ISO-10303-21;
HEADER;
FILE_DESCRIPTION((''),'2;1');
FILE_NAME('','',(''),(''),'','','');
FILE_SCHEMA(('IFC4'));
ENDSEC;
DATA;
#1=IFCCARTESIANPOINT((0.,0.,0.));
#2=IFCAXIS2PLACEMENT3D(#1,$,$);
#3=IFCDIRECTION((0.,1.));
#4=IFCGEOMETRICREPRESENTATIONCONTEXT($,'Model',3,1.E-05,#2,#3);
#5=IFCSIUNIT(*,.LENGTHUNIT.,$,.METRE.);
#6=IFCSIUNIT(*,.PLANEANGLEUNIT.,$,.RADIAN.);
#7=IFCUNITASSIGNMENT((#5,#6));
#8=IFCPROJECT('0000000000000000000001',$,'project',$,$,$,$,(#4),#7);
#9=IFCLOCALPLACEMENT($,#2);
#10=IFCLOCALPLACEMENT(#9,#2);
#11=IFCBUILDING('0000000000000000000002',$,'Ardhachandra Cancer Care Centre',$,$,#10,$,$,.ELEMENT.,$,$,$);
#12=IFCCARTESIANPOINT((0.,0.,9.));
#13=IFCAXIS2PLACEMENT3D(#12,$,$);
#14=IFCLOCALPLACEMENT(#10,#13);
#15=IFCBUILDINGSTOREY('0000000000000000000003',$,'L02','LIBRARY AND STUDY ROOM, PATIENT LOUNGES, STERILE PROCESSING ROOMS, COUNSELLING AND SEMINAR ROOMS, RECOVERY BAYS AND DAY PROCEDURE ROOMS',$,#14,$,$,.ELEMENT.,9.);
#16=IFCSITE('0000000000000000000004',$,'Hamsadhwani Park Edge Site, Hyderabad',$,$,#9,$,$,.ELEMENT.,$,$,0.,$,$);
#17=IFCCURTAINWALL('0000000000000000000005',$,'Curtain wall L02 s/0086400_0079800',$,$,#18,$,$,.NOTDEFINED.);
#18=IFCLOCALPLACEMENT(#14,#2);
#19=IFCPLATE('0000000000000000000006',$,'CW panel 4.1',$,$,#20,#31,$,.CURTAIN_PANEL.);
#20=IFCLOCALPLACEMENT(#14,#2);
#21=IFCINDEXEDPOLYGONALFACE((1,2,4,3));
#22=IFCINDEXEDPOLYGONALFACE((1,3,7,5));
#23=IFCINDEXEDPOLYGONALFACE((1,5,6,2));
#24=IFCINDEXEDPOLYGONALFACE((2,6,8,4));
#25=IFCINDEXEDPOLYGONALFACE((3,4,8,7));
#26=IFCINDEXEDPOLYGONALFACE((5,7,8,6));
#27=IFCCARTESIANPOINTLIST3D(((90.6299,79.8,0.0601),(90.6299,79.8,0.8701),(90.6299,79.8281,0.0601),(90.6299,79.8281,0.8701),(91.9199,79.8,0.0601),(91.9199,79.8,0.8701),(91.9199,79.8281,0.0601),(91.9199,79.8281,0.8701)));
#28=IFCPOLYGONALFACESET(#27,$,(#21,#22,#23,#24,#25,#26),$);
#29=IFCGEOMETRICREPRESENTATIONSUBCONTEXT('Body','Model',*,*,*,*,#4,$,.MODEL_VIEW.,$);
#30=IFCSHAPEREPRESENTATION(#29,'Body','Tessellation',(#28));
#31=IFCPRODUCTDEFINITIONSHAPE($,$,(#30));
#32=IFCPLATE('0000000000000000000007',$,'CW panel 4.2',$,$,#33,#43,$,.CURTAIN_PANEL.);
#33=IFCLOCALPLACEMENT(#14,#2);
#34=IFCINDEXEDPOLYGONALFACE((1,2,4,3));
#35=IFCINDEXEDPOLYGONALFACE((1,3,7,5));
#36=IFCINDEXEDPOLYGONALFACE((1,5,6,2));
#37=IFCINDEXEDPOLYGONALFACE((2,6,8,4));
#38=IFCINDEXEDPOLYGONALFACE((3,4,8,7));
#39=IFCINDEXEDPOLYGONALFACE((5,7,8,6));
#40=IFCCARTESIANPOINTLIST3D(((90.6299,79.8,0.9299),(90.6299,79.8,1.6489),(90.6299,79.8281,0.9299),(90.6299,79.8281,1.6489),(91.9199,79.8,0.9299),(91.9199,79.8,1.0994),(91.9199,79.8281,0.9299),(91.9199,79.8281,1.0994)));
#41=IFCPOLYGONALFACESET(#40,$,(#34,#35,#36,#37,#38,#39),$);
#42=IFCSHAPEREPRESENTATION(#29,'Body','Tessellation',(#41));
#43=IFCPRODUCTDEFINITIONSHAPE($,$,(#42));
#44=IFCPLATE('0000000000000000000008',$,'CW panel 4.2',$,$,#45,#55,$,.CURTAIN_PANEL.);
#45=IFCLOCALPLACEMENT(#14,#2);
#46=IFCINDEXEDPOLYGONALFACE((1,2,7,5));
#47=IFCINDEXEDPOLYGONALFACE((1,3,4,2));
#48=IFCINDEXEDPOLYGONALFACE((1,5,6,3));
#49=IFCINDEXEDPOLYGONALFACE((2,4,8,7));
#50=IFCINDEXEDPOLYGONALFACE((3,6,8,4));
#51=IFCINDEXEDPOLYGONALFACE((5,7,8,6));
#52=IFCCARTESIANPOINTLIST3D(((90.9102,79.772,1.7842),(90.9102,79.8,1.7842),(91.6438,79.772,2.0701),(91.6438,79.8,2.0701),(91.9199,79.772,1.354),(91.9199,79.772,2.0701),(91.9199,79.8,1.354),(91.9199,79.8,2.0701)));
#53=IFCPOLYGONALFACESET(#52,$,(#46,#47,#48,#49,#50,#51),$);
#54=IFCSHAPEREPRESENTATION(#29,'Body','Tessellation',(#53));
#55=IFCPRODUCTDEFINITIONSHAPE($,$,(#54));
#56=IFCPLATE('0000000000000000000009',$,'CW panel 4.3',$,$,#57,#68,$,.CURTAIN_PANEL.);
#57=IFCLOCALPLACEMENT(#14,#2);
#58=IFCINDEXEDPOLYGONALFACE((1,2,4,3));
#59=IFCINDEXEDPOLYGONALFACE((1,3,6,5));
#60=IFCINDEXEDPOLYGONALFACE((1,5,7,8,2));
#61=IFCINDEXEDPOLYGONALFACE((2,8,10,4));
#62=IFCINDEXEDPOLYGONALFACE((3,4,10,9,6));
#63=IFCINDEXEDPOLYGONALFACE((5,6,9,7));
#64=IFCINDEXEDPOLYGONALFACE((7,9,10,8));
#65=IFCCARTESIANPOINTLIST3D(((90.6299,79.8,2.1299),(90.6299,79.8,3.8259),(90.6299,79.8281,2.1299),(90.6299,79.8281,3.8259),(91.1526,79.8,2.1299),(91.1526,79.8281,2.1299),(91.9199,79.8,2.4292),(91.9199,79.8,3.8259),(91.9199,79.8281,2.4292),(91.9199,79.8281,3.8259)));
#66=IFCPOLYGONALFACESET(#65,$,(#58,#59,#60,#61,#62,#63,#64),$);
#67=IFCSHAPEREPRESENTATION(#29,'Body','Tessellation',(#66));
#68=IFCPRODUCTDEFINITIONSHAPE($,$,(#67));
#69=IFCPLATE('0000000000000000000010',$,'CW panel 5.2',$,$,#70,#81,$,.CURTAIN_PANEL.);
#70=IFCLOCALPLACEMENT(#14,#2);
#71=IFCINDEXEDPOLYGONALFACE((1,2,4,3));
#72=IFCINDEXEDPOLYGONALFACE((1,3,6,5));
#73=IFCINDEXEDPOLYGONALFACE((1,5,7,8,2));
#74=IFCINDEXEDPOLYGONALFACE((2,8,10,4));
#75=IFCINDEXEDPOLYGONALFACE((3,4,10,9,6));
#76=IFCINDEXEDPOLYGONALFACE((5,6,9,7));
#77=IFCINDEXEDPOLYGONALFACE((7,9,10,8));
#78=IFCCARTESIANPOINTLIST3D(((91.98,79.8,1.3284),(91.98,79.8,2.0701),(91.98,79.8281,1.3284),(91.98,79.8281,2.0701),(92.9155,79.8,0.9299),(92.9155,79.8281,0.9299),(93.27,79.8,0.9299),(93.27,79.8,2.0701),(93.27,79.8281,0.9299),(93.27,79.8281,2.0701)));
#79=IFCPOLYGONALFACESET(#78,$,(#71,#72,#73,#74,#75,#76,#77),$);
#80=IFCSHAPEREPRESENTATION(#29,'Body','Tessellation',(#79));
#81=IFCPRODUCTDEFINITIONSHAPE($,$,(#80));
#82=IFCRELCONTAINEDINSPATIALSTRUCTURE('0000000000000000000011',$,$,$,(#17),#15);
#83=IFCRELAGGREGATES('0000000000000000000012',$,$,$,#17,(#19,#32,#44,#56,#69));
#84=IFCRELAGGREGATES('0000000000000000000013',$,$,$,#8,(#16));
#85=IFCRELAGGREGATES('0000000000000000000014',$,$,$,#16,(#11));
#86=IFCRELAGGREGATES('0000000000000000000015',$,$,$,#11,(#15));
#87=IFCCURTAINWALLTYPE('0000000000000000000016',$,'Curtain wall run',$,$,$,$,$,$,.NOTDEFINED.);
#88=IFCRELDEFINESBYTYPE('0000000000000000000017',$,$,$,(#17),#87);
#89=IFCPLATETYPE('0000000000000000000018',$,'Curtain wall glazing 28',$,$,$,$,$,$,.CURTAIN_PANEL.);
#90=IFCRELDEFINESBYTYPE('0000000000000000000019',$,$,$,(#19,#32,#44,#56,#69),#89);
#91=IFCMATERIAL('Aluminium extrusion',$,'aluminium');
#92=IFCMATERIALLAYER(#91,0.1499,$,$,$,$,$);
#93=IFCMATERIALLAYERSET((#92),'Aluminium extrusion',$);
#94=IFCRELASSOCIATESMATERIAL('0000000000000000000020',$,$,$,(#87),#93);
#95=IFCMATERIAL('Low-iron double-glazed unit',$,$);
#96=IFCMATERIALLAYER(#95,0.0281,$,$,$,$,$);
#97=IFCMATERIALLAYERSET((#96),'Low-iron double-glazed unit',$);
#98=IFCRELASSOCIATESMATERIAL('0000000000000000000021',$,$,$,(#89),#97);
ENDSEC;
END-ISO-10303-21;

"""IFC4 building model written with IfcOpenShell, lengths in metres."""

from ifc_helpers import new_model, si_unit, direction, frame, origin, place, context, subcontext, project, spatial, polyline, outline, extrude, material, layer, layer_set, type_object, element, aggregate, save


model = new_model("IFC4")

# Units and contexts
model_context = context("Model", 3, precision=1e-05, world=origin(), true_north=direction((0.0, 1.0)))
body_context = subcontext(model_context, "Body", "Model", "MODEL_VIEW")
ifc_project = project(units=[si_unit("LENGTHUNIT", "METRE"), si_unit("PLANEANGLEUNIT", "RADIAN")], contexts=[model_context])

# Site, building, storey
site_placement = place(None, origin())
site = spatial("IfcSite", under=ifc_project, at=site_placement, Name="Hamsadhwani Park Edge Site, Hyderabad", CompositionType="ELEMENT", RefElevation=0.0)
building_placement = place(site_placement, origin())
building = spatial("IfcBuilding", under=site, at=building_placement, Name="Ardhachandra Cancer Care Centre", CompositionType="ELEMENT")
storey_placement = place(building_placement, frame((0.0, 0.0, 9.0)))
storey = spatial("IfcBuildingStorey", under=building, at=storey_placement, Name="L02", Description="LIBRARY AND STUDY ROOM, PATIENT LOUNGES, STERILE PROCESSING ROOMS, COUNSELLING AND SEMINAR ROOMS, RECOVERY BAYS AND DAY PROCEDURE ROOMS", CompositionType="ELEMENT", Elevation=9.0)

# Curtain wall
ifc_material_1 = material(Name="Aluminium extrusion", Category="aluminium")
ifc_layer_1 = layer(ifc_material_1, 0.1499)
ifc_layer_set_1 = layer_set([ifc_layer_1], Name="Aluminium extrusion")
curtain_wall_type = type_object("IfcCurtainWallType", Name="Curtain wall run", PredefinedType="NOTDEFINED", material=ifc_layer_set_1)
curtain_wall_placement = place(storey_placement, origin())
curtain_wall = element("IfcCurtainWall", 1, at=curtain_wall_placement, inside=storey, type_object=curtain_wall_type, Name="Curtain wall L02 s/0086400_0079800", PredefinedType="NOTDEFINED")

# Plates
ifc_material_2 = material(Name="Low-iron double-glazed unit")
ifc_layer_2 = layer(ifc_material_2, 0.0281)
ifc_layer_set_2 = layer_set([ifc_layer_2], Name="Low-iron double-glazed unit")
plate_type = type_object("IfcPlateType", Name="Curtain wall glazing 28", PredefinedType="CURTAIN_PANEL", material=ifc_layer_set_2)
plate_1_placement = place(storey_placement, frame((90.6299, 79.8, 0.0601), z_axis=(0.0, 1.0, 0.0), x_axis=(0.0, 0.0, 1.0)))
plate_1 = element("IfcPlate", 2, at=plate_1_placement, type_object=plate_type, Name="CW panel 4.1", PredefinedType="CURTAIN_PANEL", context=body_context, shape_type="SweptSolid", body=[
    extrude(outline(polyline([(0.0, 0.0), (0.8101, 0.0), (0.8101, 1.29), (0.0, 1.29), (0.0, 0.0)])), origin(), (0.0, 0.0, 1.0), 0.0281),
])
plate_2_placement = place(storey_placement, frame((91.9199, 79.8, 0.9299), z_axis=(0.0, 1.0, 0.0), x_axis=(-1.0, 0.0, 0.0)))
plate_2 = element("IfcPlate", 3, at=plate_2_placement, type_object=plate_type, Name="CW panel 4.2", PredefinedType="CURTAIN_PANEL", context=body_context, shape_type="SweptSolid", body=[
    extrude(outline(polyline([(0.0, 0.0), (1.29, 0.0), (1.29, 0.719), (0.0, 0.1694), (0.0, 0.0)])), origin(), (0.0, 0.0, 1.0), 0.0281),
])
plate_3_placement = place(storey_placement, frame((91.9199, 79.8, 2.0701), z_axis=(0.0, 1.0, 0.0), x_axis=(0.0, 0.0, -1.0)))
plate_3 = element("IfcPlate", 4, at=plate_3_placement, type_object=plate_type, Name="CW panel 4.2", PredefinedType="CURTAIN_PANEL", context=body_context, shape_type="SweptSolid", body=[
    extrude(outline(polyline([(0.0, 0.0), (0.7161, 0.0), (0.2859, 1.0098), (0.0, 0.2761), (0.0, 0.0)])), frame((0.0, 0.0, -0.0281)), (0.0, 0.0, 1.0), 0.0281),
])
plate_4_placement = place(storey_placement, frame((90.6299, 79.8, 2.1299), z_axis=(0.0, 1.0, 0.0), x_axis=(0.0, 0.0, 1.0)))
plate_4 = element("IfcPlate", 5, at=plate_4_placement, type_object=plate_type, Name="CW panel 4.3", PredefinedType="CURTAIN_PANEL", context=body_context, shape_type="SweptSolid", body=[
    extrude(outline(polyline([(0.0, 0.0), (1.696, 0.0), (1.696, 1.29), (0.2993, 1.29), (0.0, 0.5227), (0.0, 0.0)])), origin(), (0.0, 0.0, 1.0), 0.0281),
])
plate_5_placement = place(storey_placement, frame((91.98, 79.8, 2.0701), z_axis=(0.0, 1.0, 0.0), x_axis=(1.0, 0.0, 0.0)))
plate_5 = element("IfcPlate", 6, at=plate_5_placement, type_object=plate_type, Name="CW panel 5.2", PredefinedType="CURTAIN_PANEL", context=body_context, shape_type="SweptSolid", body=[
    extrude(outline(polyline([(0.0, 0.0), (1.29, 0.0), (1.29, 1.1401), (0.9355, 1.1401), (0.0, 0.7417), (0.0, 0.0)])), origin(), (0.0, 0.0, 1.0), 0.0281),
])
aggregate(curtain_wall, [plate_1, plate_2, plate_3, plate_4, plate_5])

save(model, "model.ifc")
